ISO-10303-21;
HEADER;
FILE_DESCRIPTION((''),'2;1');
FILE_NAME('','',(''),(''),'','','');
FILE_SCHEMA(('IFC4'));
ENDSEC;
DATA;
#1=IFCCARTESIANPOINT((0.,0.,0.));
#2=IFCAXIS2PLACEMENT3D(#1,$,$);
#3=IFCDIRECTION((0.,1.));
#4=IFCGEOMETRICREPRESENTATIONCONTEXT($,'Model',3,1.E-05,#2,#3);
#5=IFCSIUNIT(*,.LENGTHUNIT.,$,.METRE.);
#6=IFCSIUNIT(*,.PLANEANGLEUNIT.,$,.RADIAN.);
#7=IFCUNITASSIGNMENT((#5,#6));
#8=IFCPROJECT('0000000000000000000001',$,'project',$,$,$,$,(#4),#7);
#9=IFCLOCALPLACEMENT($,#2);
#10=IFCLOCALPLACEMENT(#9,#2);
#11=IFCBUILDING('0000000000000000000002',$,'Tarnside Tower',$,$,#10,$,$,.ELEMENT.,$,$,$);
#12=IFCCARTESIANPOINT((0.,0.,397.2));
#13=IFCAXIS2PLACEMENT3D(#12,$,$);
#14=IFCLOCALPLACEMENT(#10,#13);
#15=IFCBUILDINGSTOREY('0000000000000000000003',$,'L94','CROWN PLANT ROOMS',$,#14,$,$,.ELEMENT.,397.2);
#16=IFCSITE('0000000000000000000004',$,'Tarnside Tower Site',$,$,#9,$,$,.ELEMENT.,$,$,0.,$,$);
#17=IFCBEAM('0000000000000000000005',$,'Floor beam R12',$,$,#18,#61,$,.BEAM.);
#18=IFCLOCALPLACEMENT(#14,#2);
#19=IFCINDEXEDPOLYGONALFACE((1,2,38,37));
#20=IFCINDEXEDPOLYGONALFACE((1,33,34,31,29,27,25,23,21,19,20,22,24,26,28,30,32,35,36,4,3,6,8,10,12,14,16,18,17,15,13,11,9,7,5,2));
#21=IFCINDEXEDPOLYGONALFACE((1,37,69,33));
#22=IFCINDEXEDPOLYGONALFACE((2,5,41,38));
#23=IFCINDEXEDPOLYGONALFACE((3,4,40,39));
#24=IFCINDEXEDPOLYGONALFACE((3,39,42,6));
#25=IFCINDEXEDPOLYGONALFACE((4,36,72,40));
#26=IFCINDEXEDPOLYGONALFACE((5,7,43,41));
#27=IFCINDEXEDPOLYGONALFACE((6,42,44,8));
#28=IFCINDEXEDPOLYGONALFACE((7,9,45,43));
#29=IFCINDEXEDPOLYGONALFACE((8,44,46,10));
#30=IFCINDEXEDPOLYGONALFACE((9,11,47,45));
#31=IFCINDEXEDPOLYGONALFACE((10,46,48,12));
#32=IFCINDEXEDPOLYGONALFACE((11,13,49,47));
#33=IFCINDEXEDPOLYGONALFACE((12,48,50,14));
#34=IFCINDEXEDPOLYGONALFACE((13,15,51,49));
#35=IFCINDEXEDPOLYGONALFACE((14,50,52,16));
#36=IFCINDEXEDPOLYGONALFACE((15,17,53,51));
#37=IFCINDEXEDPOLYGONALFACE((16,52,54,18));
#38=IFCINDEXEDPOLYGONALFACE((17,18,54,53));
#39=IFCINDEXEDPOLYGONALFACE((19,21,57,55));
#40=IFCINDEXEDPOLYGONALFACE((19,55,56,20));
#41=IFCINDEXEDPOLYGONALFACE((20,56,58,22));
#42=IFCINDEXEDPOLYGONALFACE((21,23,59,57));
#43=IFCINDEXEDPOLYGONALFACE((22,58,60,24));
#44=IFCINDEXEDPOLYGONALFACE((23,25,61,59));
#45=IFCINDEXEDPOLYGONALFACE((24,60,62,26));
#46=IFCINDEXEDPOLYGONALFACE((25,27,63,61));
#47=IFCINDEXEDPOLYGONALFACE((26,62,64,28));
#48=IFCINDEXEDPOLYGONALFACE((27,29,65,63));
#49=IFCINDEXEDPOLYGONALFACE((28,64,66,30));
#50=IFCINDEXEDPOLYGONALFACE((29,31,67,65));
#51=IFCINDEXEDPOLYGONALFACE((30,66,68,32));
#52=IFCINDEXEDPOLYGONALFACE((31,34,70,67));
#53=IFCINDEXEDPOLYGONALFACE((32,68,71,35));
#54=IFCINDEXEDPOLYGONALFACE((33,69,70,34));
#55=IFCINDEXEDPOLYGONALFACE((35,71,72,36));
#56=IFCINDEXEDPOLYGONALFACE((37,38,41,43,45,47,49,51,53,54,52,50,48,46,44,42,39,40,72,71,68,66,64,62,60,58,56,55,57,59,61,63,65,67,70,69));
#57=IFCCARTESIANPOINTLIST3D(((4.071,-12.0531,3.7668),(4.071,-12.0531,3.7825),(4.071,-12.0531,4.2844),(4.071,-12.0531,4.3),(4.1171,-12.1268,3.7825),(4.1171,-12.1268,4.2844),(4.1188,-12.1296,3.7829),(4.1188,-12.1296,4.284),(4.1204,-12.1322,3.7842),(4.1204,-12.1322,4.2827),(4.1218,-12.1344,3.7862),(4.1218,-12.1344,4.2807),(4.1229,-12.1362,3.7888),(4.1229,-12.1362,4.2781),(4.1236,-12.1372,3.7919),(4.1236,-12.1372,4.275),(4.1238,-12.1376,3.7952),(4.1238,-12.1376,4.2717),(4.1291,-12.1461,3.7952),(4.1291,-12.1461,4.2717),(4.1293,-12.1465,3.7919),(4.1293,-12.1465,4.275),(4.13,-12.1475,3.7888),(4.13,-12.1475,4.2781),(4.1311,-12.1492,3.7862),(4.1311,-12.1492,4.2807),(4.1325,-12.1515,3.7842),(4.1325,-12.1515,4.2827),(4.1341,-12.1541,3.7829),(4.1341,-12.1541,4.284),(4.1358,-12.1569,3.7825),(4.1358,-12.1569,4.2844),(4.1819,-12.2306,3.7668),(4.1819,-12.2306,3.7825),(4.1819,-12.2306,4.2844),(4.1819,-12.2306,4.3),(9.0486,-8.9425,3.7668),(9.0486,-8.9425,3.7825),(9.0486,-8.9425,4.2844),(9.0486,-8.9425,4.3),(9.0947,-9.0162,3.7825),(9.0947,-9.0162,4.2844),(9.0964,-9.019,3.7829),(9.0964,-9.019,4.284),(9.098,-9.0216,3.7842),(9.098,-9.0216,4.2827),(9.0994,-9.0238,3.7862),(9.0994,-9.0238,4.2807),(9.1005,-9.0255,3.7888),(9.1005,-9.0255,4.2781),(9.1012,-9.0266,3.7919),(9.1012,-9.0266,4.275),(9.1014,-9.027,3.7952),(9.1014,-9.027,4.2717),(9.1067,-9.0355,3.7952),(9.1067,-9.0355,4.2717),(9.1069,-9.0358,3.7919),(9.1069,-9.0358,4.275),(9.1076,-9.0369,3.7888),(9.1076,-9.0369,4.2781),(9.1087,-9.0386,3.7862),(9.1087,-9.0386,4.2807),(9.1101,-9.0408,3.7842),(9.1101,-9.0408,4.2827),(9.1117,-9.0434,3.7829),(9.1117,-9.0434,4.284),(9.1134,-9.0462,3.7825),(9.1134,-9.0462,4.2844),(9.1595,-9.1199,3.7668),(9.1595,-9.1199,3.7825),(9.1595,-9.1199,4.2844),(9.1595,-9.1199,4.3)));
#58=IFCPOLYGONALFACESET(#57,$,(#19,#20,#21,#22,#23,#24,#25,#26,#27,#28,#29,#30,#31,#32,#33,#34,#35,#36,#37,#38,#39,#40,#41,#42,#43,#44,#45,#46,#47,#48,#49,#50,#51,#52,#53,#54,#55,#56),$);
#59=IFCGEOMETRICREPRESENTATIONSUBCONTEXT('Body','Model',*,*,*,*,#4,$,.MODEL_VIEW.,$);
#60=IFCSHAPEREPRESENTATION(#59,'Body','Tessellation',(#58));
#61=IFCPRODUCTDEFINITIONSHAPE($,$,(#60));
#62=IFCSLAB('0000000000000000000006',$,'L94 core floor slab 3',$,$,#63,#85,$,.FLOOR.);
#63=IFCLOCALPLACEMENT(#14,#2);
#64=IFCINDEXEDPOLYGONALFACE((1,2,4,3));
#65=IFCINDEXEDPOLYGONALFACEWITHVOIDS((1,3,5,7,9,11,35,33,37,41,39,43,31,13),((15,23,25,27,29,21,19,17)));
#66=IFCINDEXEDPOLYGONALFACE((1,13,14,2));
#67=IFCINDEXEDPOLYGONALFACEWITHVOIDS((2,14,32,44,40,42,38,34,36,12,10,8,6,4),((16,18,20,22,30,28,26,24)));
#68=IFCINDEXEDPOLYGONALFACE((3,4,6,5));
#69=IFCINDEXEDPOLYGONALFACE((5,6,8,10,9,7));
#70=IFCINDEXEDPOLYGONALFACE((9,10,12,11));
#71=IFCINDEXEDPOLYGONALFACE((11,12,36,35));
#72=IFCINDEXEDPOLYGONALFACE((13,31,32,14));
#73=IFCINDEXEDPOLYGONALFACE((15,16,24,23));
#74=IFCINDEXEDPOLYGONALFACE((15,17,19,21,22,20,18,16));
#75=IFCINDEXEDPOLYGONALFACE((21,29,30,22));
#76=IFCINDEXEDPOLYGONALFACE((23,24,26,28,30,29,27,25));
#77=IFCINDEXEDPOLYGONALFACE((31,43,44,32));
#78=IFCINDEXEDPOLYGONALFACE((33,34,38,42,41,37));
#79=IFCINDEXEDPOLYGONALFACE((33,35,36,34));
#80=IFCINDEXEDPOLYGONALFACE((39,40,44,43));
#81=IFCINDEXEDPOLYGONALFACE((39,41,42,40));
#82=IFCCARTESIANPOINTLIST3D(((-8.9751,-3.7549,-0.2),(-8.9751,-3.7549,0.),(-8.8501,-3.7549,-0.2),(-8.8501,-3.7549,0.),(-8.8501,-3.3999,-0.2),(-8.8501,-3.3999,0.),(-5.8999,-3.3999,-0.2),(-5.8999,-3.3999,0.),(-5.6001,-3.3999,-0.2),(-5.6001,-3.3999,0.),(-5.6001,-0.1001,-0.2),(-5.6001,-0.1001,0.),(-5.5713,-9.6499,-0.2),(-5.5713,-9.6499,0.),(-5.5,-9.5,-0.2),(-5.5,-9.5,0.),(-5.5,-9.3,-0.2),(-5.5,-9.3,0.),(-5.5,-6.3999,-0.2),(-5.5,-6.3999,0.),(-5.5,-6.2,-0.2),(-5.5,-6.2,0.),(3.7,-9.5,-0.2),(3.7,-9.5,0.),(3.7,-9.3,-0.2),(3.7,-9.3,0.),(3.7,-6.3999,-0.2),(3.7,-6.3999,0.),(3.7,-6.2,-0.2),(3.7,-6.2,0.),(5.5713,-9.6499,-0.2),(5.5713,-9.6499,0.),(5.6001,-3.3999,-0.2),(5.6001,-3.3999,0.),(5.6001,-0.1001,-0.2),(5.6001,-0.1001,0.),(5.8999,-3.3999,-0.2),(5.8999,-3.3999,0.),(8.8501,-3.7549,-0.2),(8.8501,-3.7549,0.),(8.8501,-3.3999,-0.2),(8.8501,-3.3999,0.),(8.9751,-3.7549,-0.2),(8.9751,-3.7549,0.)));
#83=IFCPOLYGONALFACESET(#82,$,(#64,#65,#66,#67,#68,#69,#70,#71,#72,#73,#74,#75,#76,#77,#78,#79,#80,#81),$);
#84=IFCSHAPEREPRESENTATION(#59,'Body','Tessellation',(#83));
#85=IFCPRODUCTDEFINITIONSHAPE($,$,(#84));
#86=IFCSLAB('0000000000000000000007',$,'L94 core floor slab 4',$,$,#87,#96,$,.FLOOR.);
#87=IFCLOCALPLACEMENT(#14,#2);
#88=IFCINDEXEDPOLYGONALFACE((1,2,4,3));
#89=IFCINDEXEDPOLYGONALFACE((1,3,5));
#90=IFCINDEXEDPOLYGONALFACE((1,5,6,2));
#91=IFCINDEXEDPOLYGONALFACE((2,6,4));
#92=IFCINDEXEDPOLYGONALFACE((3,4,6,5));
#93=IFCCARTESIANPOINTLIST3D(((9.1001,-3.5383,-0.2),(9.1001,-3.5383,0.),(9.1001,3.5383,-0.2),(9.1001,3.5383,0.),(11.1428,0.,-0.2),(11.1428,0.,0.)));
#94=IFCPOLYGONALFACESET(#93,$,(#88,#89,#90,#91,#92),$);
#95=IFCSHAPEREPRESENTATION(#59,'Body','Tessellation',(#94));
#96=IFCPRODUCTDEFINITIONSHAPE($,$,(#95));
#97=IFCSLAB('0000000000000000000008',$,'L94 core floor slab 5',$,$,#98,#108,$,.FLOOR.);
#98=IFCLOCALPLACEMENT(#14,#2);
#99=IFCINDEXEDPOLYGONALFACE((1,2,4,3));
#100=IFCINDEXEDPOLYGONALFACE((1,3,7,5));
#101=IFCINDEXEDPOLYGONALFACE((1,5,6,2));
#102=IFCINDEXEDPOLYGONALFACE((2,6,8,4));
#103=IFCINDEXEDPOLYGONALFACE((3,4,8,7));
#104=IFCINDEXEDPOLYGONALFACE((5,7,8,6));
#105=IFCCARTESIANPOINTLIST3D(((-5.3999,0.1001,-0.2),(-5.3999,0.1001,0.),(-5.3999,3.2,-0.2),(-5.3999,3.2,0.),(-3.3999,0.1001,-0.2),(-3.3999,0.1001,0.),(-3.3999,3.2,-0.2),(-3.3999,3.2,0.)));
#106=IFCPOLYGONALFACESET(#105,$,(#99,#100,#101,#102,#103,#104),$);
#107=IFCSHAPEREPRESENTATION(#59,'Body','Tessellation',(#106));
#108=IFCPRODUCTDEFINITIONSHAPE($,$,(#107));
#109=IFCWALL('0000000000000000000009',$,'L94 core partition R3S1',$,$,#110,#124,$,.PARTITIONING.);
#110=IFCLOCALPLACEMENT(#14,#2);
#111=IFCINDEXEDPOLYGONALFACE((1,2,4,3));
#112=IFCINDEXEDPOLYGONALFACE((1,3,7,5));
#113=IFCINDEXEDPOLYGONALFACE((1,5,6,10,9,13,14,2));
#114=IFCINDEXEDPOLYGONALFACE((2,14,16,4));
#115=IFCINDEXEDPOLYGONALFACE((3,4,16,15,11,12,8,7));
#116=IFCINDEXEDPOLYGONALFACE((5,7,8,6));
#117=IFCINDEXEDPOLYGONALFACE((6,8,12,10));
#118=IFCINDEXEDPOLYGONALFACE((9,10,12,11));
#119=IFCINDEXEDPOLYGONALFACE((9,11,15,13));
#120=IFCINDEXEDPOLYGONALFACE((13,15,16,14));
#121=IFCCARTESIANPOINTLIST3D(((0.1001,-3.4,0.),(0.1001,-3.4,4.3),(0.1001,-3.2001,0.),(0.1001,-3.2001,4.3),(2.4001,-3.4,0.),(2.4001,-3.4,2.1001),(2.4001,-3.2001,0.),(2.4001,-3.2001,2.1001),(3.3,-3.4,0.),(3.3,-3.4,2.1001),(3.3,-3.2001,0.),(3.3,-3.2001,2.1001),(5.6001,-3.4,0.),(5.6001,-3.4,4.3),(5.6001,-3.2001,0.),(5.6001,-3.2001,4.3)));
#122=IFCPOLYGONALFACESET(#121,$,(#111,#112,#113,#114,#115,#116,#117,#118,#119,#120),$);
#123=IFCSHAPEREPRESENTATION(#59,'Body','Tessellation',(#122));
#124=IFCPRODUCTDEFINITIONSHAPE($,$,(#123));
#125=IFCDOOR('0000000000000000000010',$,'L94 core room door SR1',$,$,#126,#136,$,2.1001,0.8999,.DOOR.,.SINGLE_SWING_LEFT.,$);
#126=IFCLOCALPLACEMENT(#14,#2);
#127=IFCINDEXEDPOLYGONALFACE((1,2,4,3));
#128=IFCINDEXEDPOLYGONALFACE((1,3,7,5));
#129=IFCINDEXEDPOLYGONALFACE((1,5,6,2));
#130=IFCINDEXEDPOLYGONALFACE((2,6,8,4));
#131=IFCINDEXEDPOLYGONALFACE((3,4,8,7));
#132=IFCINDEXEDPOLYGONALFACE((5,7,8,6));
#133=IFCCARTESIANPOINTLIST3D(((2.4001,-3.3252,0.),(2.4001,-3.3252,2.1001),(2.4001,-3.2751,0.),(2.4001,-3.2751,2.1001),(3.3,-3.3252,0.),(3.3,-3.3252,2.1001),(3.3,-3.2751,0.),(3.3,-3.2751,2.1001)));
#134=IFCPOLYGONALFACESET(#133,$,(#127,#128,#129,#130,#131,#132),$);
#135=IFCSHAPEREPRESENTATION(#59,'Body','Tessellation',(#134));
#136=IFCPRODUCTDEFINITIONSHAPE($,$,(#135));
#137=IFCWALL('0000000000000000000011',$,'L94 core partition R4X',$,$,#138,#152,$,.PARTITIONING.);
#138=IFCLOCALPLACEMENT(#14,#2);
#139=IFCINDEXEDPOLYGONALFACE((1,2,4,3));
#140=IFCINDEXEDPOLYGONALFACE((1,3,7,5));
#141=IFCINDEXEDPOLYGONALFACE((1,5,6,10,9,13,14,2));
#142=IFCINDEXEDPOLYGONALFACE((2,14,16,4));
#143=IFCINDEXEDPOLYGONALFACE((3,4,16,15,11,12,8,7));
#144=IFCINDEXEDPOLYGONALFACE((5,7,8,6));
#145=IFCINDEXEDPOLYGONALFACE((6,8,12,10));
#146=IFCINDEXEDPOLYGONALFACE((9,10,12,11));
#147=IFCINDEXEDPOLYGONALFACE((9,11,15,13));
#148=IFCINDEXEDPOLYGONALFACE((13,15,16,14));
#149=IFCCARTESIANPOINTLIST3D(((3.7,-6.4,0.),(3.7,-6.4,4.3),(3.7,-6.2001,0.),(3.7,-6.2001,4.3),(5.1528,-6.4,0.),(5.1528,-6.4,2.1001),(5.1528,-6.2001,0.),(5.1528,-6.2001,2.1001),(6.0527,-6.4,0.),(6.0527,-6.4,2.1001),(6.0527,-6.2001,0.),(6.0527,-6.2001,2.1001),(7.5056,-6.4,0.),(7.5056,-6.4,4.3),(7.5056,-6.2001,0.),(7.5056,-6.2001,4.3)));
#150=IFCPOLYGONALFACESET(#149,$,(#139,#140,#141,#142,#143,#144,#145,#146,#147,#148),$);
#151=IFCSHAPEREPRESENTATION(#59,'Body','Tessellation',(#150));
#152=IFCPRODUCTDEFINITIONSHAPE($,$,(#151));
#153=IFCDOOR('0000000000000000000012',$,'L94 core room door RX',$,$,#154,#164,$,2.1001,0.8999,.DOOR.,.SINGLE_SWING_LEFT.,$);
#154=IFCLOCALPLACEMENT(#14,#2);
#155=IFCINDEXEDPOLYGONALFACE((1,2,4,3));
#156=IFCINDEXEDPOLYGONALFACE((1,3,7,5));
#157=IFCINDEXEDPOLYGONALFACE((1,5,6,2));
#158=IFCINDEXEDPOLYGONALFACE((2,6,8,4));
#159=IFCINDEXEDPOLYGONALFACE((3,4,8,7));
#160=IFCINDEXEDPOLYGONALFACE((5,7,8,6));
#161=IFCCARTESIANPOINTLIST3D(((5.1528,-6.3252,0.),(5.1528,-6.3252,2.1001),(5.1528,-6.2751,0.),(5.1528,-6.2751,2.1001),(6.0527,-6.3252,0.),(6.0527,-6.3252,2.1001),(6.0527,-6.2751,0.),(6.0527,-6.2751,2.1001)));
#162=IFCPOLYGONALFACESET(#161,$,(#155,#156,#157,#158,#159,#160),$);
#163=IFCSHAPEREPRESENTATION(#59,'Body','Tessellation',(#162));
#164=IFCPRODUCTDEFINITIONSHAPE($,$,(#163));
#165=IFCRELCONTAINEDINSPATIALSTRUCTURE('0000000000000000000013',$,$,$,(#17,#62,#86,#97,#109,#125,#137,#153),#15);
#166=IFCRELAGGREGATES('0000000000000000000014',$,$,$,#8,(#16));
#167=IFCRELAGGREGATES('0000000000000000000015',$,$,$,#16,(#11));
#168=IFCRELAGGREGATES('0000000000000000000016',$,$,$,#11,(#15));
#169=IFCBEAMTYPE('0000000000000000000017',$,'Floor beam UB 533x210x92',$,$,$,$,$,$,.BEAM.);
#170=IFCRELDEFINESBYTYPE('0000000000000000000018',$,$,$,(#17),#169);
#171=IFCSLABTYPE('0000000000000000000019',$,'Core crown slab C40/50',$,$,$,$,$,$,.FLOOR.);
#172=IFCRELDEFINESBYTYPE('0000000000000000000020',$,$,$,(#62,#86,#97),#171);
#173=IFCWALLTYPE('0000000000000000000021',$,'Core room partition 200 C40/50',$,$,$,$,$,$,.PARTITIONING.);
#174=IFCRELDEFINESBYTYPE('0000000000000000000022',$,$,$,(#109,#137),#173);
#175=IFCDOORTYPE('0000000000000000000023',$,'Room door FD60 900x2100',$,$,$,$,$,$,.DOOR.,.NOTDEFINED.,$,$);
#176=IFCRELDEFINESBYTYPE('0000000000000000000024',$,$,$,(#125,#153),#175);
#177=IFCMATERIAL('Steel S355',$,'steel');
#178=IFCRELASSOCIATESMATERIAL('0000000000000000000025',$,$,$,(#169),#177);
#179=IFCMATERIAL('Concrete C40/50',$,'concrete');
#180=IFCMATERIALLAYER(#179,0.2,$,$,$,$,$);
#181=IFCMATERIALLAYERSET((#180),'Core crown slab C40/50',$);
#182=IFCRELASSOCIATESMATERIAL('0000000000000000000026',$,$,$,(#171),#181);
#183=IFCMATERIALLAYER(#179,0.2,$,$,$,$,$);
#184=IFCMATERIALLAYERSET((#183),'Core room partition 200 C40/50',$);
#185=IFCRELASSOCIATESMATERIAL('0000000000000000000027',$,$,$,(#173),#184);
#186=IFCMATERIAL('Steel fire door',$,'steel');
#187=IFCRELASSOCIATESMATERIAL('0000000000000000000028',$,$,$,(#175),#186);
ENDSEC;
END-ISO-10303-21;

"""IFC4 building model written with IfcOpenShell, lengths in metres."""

from ifc_helpers import new_model, si_unit, direction, frame, frame_2d, origin, origin_2d, place, context, subcontext, project, spatial, polyline, rectangle, i_section, outline, extrude, material, layer, layer_set, material_profile, profile_set, type_object, element, fill, save


model = new_model("IFC4")

# Units and contexts
model_context = context("Model", 3, precision=1e-05, world=origin(), true_north=direction((0.0, 1.0)))
body_context = subcontext(model_context, "Body", "Model", "MODEL_VIEW")
ifc_project = project(units=[si_unit("LENGTHUNIT", "METRE"), si_unit("PLANEANGLEUNIT", "RADIAN")], contexts=[model_context])

# Site, building, storey
site_placement = place(None, origin())
site = spatial("IfcSite", under=ifc_project, at=site_placement, Name="Tarnside Tower Site", CompositionType="ELEMENT", RefElevation=0.0)
building_placement = place(site_placement, origin())
building = spatial("IfcBuilding", under=site, at=building_placement, Name="Tarnside Tower", CompositionType="ELEMENT")
storey_placement = place(building_placement, frame((0.0, 0.0, 397.2)))
storey = spatial("IfcBuildingStorey", under=building, at=storey_placement, Name="L94", Description="CROWN PLANT ROOMS", CompositionType="ELEMENT", Elevation=397.2)

# Beam
ifc_material_1 = material(Name="Steel S355", Category="steel")
ifc_material_profile_1 = material_profile(ifc_material_1, i_section(OverallWidth=0.2092, OverallDepth=0.5332, WebThickness=0.01, FlangeThickness=0.0156, FilletRadius=0.0127, at=origin_2d()), Name="UB 533x210x92")
ifc_profile_set_1 = profile_set([ifc_material_profile_1], Name="Steel S355")
beam_type_1 = type_object("IfcBeamType", Name="Floor beam UB 533x210x92", PredefinedType="BEAM", material=ifc_profile_set_1)
beam_1_placement = place(storey_placement, frame((4.1265, -12.1418, 4.0334), z_axis=(0.848026, 0.529954, 0.0), x_axis=(-0.529954, 0.848026, 0.0)))
element("IfcBeam", 1, at=beam_1_placement, inside=storey, type_object=beam_type_1, Name="Floor beam R12", PredefinedType="BEAM", context=body_context, shape_type="SweptSolid", body=[
    extrude(i_section(OverallWidth=0.2092, OverallDepth=0.5332, WebThickness=0.01, FlangeThickness=0.0156, FilletRadius=0.0127, at=origin_2d()), origin(), (0.0, 0.0, 1.0), 5.8696),
])

# Slabs
ifc_material_2 = material(Name="Concrete C40/50", Category="concrete")
ifc_layer_1 = layer(ifc_material_2, 0.2)
ifc_layer_set_1 = layer_set([ifc_layer_1], Name="Core crown slab C40/50")
slab_type = type_object("IfcSlabType", Name="Core crown slab C40/50", PredefinedType="FLOOR", material=ifc_layer_set_1)
slab_1_placement = place(storey_placement, frame((0.0, 0.0, -0.2)))
element("IfcSlab", 2, at=slab_1_placement, inside=storey, type_object=slab_type, Name="L94 core floor slab 3", PredefinedType="FLOOR", context=body_context, shape_type="SweptSolid", body=[
    extrude(outline(polyline([(-8.8501, -3.7549), (-8.8501, -3.3999), (-5.8999, -3.3999), (-5.6001, -3.3999), (-5.6001, -0.1001), (5.6001, -0.1001), (5.6001, -3.3999), (5.8999, -3.3999), (8.8501, -3.3999), (8.8501, -3.7549), (8.9751, -3.7549), (5.5713, -9.6499), (-5.5713, -9.6499), (-8.9751, -3.7549), (-8.8501, -3.7549)]), holes=[polyline([(-5.5, -9.5), (3.7, -9.5), (3.7, -9.3), (3.7, -6.3999), (3.7, -6.2), (-5.5, -6.2), (-5.5, -6.3999), (-5.5, -9.3), (-5.5, -9.5)])]), origin(), (0.0, 0.0, 1.0), 0.2),
])
slab_2_placement = place(storey_placement, frame((0.0, 0.0, -0.2)))
element("IfcSlab", 3, at=slab_2_placement, inside=storey, type_object=slab_type, Name="L94 core floor slab 4", PredefinedType="FLOOR", context=body_context, shape_type="SweptSolid", body=[
    extrude(outline(polyline([(9.1001, 3.5383), (11.1428, 0.0), (9.1001, -3.5383), (9.1001, 3.5383)])), origin(), (0.0, 0.0, 1.0), 0.2),
])
slab_3_placement = place(storey_placement, frame((0.0, 0.0, -0.2)))
element("IfcSlab", 4, at=slab_3_placement, inside=storey, type_object=slab_type, Name="L94 core floor slab 5", PredefinedType="FLOOR", context=body_context, shape_type="SweptSolid", body=[
    extrude(outline(polyline([(-3.3999, 3.2), (-3.3999, 0.1001), (-5.3999, 0.1001), (-5.3999, 3.2), (-3.3999, 3.2)])), origin(), (0.0, 0.0, 1.0), 0.2),
])

# Walls, openings, doors
ifc_layer_2 = layer(ifc_material_2, 0.2)
ifc_layer_set_2 = layer_set([ifc_layer_2], Name="Core room partition 200 C40/50")
wall_type_1 = type_object("IfcWallType", Name="Core room partition 200 C40/50", PredefinedType="PARTITIONING", material=ifc_layer_set_2)
wall_1_placement = place(storey_placement, frame((0.1001, -3.3, 0.0), z_axis=(0.0, 0.0, 1.0), x_axis=(1.0, 0.0, 0.0)))
wall_1 = element("IfcWall", 5, at=wall_1_placement, inside=storey, type_object=wall_type_1, Name="L94 core partition R3S1", PredefinedType="PARTITIONING", context=body_context, shape_type="SweptSolid", body=[
    extrude(rectangle(XDim=5.5, YDim=0.2, at=frame_2d((2.75, 0.0))), origin(), (0.0, 0.0, 1.0), 4.3),
])
opening_1_placement = place(wall_1_placement, frame((2.3, 0.0, 0.0)))
opening_1 = element("IfcOpeningElement", 6, at=opening_1_placement, cuts=wall_1, PredefinedType="OPENING", context=body_context, shape_type="SweptSolid", body=[
    extrude(rectangle(XDim=0.8999, YDim=2.1001, at=frame_2d((0.45, 1.05))), frame((0.0, 0.1099, 0.0), z_axis=(0.0, -1.0, 0.0), x_axis=(1.0, 0.0, 0.0)), (0.0, 0.0, 1.0), 0.22),
])
ifc_material_3 = material(Name="Steel fire door", Category="steel")
door_type_1 = type_object("IfcDoorType", Name="Room door FD60 900x2100", OperationType="NOTDEFINED", PredefinedType="DOOR", material=ifc_material_3)
door_1_placement = place(opening_1_placement, origin())
door_1 = element("IfcDoor", 7, at=door_1_placement, inside=storey, type_object=door_type_1, Name="L94 core room door SR1", OperationType="SINGLE_SWING_LEFT", OverallHeight=2.1001, OverallWidth=0.8999, PredefinedType="DOOR", context=body_context, shape_type="SweptSolid", body=[
    extrude(rectangle(XDim=0.8999, YDim=2.1001, at=frame_2d((0.45, 1.05))), frame((0.0, 0.0249, 0.0), z_axis=(0.0, -1.0, 0.0), x_axis=(1.0, 0.0, 0.0)), (0.0, 0.0, 1.0), 0.05),
])
fill(opening_1, door_1)
wall_2_placement = place(storey_placement, frame((3.7, -6.3, 0.0), z_axis=(0.0, 0.0, 1.0), x_axis=(1.0, 0.0, 0.0)))
wall_2 = element("IfcWall", 8, at=wall_2_placement, inside=storey, type_object=wall_type_1, Name="L94 core partition R4X", PredefinedType="PARTITIONING", context=body_context, shape_type="SweptSolid", body=[
    extrude(rectangle(XDim=3.8057, YDim=0.2, at=frame_2d((1.9028, 0.0))), origin(), (0.0, 0.0, 1.0), 4.3),
])
opening_2_placement = place(wall_2_placement, frame((1.4529, 0.0, 0.0)))
opening_2 = element("IfcOpeningElement", 9, at=opening_2_placement, cuts=wall_2, PredefinedType="OPENING", context=body_context, shape_type="SweptSolid", body=[
    extrude(rectangle(XDim=0.8999, YDim=2.1001, at=frame_2d((0.45, 1.05))), frame((0.0, 0.1099, 0.0), z_axis=(0.0, -1.0, 0.0), x_axis=(1.0, 0.0, 0.0)), (0.0, 0.0, 1.0), 0.22),
])
door_2_placement = place(opening_2_placement, origin())
door_2 = element("IfcDoor", 10, at=door_2_placement, inside=storey, type_object=door_type_1, Name="L94 core room door RX", OperationType="SINGLE_SWING_LEFT", OverallHeight=2.1001, OverallWidth=0.8999, PredefinedType="DOOR", context=body_context, shape_type="SweptSolid", body=[
    extrude(rectangle(XDim=0.8999, YDim=2.1001, at=frame_2d((0.45, 1.05))), frame((0.0, 0.0249, 0.0), z_axis=(0.0, -1.0, 0.0), x_axis=(1.0, 0.0, 0.0)), (0.0, 0.0, 1.0), 0.05),
])
fill(opening_2, door_2)

save(model, "model.ifc")
